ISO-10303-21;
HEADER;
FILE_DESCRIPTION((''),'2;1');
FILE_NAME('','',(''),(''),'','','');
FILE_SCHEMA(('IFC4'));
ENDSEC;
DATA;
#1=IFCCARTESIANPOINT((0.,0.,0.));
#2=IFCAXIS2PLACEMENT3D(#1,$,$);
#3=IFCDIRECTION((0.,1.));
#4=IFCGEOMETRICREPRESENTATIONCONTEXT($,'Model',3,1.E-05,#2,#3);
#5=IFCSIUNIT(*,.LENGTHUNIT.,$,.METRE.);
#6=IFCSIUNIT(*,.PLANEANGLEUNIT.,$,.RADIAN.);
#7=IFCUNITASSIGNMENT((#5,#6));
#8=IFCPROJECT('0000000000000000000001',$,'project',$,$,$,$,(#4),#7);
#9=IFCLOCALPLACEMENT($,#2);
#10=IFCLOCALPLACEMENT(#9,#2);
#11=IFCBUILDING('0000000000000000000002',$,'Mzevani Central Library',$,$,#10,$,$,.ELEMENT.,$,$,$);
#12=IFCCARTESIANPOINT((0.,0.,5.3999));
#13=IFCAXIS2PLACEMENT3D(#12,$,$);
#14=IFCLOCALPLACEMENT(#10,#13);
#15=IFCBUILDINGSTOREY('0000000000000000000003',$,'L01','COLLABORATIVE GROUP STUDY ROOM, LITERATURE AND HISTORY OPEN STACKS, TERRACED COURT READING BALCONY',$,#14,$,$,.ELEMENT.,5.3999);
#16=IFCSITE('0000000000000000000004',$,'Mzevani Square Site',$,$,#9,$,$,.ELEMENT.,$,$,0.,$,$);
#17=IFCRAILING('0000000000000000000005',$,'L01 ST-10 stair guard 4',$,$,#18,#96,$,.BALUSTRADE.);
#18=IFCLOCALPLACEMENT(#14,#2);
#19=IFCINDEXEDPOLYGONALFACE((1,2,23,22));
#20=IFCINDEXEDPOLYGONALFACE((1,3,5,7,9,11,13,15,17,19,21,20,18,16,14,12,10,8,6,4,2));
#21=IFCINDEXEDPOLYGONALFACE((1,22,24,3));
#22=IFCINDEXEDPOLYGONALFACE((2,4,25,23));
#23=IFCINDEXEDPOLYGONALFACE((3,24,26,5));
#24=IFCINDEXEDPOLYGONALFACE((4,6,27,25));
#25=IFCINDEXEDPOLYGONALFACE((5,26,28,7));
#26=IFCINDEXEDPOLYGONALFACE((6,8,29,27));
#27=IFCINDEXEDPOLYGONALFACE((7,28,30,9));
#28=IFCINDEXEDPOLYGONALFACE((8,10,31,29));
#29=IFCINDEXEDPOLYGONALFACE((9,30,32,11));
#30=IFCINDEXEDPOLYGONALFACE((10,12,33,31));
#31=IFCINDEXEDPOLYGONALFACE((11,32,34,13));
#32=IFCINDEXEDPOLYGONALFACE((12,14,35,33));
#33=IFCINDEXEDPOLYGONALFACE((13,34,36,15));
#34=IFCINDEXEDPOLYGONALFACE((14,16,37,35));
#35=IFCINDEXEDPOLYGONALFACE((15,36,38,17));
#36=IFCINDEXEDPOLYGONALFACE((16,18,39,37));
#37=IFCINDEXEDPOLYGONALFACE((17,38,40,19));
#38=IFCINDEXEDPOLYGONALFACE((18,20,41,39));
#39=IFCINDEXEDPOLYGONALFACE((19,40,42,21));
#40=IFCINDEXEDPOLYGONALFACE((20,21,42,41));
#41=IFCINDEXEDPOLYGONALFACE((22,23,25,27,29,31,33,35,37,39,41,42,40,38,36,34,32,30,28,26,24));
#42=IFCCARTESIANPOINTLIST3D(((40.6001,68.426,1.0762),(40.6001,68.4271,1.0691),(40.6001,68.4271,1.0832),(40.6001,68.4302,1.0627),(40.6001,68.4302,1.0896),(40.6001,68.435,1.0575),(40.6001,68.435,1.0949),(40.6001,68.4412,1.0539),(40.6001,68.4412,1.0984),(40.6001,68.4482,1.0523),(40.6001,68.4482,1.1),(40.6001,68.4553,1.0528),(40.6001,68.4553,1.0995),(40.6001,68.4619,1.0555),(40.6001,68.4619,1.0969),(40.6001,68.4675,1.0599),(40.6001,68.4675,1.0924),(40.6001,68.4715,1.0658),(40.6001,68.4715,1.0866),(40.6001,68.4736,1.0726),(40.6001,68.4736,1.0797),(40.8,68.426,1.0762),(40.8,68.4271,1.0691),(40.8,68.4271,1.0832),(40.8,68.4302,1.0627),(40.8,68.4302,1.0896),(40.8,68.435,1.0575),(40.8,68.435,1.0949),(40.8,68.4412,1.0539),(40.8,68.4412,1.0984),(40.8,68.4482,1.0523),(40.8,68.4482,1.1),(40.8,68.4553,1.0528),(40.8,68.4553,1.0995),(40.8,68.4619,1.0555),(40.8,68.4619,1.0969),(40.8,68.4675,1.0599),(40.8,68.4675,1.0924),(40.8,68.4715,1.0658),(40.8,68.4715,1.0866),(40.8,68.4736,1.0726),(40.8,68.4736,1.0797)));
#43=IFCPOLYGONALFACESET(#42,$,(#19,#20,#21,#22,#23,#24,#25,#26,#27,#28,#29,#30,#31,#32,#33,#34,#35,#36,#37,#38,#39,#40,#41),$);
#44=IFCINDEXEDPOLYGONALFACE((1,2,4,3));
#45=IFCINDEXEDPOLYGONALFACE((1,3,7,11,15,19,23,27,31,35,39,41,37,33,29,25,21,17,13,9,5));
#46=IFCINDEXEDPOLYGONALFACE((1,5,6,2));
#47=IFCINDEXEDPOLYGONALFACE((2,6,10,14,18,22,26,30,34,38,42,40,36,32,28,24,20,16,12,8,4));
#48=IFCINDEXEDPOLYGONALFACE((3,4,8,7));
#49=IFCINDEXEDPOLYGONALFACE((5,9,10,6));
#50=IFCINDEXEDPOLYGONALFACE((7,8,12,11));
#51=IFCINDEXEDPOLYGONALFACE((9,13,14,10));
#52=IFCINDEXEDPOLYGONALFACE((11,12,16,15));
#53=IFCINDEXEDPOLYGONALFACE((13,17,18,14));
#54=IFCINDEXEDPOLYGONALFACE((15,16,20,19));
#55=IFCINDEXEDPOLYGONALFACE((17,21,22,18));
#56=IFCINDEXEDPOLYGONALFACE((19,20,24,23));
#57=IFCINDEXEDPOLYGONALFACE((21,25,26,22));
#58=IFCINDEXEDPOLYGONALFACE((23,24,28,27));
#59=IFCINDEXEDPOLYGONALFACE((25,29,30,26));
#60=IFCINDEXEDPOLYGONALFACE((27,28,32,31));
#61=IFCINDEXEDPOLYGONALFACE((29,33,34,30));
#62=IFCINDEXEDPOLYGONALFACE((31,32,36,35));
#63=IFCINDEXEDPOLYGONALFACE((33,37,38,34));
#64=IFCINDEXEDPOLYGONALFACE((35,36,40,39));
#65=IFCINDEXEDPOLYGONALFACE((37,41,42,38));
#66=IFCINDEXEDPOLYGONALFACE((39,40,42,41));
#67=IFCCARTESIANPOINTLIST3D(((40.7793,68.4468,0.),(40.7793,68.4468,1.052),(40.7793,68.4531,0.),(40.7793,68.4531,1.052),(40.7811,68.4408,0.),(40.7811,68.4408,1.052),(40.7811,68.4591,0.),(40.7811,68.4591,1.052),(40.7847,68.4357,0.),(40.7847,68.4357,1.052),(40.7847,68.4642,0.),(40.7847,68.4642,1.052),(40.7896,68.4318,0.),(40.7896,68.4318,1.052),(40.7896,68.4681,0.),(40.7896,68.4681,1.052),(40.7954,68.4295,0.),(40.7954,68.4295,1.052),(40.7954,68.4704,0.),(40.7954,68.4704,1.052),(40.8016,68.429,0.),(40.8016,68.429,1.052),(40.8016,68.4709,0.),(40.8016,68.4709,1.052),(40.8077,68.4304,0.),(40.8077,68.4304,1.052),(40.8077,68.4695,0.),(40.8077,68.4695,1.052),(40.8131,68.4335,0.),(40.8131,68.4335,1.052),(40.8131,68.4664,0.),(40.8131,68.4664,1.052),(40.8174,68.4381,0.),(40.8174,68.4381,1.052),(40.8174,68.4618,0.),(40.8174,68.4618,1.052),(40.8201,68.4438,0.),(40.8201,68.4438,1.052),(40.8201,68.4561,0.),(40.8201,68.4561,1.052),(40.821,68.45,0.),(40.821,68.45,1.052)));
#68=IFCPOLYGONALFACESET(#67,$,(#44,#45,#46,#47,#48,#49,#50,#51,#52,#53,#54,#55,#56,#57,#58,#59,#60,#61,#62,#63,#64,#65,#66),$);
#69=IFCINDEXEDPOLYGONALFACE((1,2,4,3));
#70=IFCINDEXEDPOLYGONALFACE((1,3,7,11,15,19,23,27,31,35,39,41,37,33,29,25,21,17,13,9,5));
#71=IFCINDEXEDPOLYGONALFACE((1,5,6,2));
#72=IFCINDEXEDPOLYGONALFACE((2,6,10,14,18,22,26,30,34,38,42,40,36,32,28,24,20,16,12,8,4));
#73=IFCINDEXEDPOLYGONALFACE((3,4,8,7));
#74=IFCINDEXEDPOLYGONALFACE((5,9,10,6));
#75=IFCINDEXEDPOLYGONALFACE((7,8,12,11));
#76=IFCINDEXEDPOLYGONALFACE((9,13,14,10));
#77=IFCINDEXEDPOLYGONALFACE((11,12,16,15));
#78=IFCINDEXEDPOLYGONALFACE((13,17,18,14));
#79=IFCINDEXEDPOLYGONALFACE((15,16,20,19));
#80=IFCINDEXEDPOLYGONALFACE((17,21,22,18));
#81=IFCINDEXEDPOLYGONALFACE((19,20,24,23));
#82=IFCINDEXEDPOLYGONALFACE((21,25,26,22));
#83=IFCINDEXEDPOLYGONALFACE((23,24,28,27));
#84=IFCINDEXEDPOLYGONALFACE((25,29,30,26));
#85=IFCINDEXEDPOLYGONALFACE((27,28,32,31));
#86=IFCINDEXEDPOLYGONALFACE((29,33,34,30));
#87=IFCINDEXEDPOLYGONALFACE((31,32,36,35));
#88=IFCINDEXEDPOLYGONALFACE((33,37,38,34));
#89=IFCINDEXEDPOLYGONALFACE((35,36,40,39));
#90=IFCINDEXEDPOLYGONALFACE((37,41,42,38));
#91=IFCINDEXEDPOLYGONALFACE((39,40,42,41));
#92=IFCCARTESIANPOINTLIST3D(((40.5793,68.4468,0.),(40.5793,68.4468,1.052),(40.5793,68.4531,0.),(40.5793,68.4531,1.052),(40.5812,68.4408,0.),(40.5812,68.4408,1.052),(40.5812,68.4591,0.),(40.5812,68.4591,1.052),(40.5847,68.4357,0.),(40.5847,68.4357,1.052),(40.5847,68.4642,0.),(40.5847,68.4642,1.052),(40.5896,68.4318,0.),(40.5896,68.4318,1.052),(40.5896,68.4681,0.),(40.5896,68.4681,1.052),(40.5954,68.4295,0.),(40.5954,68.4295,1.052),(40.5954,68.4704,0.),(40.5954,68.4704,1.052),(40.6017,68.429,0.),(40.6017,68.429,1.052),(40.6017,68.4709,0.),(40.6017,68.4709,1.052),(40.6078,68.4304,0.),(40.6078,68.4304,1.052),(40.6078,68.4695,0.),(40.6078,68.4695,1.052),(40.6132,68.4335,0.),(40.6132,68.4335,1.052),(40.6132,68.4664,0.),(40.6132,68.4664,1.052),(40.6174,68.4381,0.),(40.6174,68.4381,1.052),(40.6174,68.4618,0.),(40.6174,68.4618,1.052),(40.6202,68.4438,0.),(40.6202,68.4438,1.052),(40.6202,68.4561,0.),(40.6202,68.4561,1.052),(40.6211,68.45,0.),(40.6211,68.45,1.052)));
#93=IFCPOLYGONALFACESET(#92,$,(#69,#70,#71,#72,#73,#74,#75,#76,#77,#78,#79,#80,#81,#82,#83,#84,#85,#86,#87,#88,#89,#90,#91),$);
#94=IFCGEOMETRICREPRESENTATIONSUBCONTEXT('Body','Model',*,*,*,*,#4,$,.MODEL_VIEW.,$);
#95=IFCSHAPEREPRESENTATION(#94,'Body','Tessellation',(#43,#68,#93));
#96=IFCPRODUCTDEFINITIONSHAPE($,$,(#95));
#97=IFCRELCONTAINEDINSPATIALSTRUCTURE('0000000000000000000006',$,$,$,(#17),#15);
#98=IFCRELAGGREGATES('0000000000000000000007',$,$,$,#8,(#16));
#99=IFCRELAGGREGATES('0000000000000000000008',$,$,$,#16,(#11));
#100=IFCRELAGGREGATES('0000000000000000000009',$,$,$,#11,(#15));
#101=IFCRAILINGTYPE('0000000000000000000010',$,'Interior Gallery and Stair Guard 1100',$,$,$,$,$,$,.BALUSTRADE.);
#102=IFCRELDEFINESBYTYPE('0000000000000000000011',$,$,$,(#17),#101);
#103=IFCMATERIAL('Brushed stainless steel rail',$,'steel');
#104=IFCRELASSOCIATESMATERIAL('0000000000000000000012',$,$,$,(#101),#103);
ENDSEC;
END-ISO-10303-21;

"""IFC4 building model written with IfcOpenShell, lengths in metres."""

from ifc_helpers import new_model, si_unit, direction, frame, origin, origin_2d, place, context, subcontext, project, spatial, circle, extrude, material, type_object, element, save


model = new_model("IFC4")

# Units and contexts
model_context = context("Model", 3, precision=1e-05, world=origin(), true_north=direction((0.0, 1.0)))
body_context = subcontext(model_context, "Body", "Model", "MODEL_VIEW")
ifc_project = project(units=[si_unit("LENGTHUNIT", "METRE"), si_unit("PLANEANGLEUNIT", "RADIAN")], contexts=[model_context])

# Site, building, storey
site_placement = place(None, origin())
site = spatial("IfcSite", under=ifc_project, at=site_placement, Name="Mzevani Square Site", CompositionType="ELEMENT", RefElevation=0.0)
building_placement = place(site_placement, origin())
building = spatial("IfcBuilding", under=site, at=building_placement, Name="Mzevani Central Library", CompositionType="ELEMENT")
storey_placement = place(building_placement, frame((0.0, 0.0, 5.3999)))
storey = spatial("IfcBuildingStorey", under=building, at=storey_placement, Name="L01", Description="COLLABORATIVE GROUP STUDY ROOM, LITERATURE AND HISTORY OPEN STACKS, TERRACED COURT READING BALCONY", CompositionType="ELEMENT", Elevation=5.3999)

# Railing
ifc_material_1 = material(Name="Brushed stainless steel rail", Category="steel")
railing_type_1 = type_object("IfcRailingType", Name="Interior Gallery and Stair Guard 1100", PredefinedType="BALUSTRADE", material=ifc_material_1)
railing_1_placement = place(storey_placement, frame((40.8, 68.45, 0.0)))
element("IfcRailing", 1, at=railing_1_placement, inside=storey, type_object=railing_type_1, Name="L01 ST-10 stair guard 4", PredefinedType="BALUSTRADE", context=body_context, shape_type="SweptSolid", body=[
    extrude(circle(Radius=0.0239, at=origin_2d()), frame((0.0, 0.0, 1.0762), z_axis=(-1.0, 0.0, 0.0), x_axis=(0.0, -1.0, 0.0)), (0.0, 0.0, 1.0), 0.2),
    extrude(circle(Radius=0.021, at=origin_2d()), origin(), (0.0, 0.0, 1.0), 1.052),
    extrude(circle(Radius=0.021, at=origin_2d()), frame((-0.2, 0.0, 0.0)), (0.0, 0.0, 1.0), 1.052),
])

save(model, "model.ifc")
